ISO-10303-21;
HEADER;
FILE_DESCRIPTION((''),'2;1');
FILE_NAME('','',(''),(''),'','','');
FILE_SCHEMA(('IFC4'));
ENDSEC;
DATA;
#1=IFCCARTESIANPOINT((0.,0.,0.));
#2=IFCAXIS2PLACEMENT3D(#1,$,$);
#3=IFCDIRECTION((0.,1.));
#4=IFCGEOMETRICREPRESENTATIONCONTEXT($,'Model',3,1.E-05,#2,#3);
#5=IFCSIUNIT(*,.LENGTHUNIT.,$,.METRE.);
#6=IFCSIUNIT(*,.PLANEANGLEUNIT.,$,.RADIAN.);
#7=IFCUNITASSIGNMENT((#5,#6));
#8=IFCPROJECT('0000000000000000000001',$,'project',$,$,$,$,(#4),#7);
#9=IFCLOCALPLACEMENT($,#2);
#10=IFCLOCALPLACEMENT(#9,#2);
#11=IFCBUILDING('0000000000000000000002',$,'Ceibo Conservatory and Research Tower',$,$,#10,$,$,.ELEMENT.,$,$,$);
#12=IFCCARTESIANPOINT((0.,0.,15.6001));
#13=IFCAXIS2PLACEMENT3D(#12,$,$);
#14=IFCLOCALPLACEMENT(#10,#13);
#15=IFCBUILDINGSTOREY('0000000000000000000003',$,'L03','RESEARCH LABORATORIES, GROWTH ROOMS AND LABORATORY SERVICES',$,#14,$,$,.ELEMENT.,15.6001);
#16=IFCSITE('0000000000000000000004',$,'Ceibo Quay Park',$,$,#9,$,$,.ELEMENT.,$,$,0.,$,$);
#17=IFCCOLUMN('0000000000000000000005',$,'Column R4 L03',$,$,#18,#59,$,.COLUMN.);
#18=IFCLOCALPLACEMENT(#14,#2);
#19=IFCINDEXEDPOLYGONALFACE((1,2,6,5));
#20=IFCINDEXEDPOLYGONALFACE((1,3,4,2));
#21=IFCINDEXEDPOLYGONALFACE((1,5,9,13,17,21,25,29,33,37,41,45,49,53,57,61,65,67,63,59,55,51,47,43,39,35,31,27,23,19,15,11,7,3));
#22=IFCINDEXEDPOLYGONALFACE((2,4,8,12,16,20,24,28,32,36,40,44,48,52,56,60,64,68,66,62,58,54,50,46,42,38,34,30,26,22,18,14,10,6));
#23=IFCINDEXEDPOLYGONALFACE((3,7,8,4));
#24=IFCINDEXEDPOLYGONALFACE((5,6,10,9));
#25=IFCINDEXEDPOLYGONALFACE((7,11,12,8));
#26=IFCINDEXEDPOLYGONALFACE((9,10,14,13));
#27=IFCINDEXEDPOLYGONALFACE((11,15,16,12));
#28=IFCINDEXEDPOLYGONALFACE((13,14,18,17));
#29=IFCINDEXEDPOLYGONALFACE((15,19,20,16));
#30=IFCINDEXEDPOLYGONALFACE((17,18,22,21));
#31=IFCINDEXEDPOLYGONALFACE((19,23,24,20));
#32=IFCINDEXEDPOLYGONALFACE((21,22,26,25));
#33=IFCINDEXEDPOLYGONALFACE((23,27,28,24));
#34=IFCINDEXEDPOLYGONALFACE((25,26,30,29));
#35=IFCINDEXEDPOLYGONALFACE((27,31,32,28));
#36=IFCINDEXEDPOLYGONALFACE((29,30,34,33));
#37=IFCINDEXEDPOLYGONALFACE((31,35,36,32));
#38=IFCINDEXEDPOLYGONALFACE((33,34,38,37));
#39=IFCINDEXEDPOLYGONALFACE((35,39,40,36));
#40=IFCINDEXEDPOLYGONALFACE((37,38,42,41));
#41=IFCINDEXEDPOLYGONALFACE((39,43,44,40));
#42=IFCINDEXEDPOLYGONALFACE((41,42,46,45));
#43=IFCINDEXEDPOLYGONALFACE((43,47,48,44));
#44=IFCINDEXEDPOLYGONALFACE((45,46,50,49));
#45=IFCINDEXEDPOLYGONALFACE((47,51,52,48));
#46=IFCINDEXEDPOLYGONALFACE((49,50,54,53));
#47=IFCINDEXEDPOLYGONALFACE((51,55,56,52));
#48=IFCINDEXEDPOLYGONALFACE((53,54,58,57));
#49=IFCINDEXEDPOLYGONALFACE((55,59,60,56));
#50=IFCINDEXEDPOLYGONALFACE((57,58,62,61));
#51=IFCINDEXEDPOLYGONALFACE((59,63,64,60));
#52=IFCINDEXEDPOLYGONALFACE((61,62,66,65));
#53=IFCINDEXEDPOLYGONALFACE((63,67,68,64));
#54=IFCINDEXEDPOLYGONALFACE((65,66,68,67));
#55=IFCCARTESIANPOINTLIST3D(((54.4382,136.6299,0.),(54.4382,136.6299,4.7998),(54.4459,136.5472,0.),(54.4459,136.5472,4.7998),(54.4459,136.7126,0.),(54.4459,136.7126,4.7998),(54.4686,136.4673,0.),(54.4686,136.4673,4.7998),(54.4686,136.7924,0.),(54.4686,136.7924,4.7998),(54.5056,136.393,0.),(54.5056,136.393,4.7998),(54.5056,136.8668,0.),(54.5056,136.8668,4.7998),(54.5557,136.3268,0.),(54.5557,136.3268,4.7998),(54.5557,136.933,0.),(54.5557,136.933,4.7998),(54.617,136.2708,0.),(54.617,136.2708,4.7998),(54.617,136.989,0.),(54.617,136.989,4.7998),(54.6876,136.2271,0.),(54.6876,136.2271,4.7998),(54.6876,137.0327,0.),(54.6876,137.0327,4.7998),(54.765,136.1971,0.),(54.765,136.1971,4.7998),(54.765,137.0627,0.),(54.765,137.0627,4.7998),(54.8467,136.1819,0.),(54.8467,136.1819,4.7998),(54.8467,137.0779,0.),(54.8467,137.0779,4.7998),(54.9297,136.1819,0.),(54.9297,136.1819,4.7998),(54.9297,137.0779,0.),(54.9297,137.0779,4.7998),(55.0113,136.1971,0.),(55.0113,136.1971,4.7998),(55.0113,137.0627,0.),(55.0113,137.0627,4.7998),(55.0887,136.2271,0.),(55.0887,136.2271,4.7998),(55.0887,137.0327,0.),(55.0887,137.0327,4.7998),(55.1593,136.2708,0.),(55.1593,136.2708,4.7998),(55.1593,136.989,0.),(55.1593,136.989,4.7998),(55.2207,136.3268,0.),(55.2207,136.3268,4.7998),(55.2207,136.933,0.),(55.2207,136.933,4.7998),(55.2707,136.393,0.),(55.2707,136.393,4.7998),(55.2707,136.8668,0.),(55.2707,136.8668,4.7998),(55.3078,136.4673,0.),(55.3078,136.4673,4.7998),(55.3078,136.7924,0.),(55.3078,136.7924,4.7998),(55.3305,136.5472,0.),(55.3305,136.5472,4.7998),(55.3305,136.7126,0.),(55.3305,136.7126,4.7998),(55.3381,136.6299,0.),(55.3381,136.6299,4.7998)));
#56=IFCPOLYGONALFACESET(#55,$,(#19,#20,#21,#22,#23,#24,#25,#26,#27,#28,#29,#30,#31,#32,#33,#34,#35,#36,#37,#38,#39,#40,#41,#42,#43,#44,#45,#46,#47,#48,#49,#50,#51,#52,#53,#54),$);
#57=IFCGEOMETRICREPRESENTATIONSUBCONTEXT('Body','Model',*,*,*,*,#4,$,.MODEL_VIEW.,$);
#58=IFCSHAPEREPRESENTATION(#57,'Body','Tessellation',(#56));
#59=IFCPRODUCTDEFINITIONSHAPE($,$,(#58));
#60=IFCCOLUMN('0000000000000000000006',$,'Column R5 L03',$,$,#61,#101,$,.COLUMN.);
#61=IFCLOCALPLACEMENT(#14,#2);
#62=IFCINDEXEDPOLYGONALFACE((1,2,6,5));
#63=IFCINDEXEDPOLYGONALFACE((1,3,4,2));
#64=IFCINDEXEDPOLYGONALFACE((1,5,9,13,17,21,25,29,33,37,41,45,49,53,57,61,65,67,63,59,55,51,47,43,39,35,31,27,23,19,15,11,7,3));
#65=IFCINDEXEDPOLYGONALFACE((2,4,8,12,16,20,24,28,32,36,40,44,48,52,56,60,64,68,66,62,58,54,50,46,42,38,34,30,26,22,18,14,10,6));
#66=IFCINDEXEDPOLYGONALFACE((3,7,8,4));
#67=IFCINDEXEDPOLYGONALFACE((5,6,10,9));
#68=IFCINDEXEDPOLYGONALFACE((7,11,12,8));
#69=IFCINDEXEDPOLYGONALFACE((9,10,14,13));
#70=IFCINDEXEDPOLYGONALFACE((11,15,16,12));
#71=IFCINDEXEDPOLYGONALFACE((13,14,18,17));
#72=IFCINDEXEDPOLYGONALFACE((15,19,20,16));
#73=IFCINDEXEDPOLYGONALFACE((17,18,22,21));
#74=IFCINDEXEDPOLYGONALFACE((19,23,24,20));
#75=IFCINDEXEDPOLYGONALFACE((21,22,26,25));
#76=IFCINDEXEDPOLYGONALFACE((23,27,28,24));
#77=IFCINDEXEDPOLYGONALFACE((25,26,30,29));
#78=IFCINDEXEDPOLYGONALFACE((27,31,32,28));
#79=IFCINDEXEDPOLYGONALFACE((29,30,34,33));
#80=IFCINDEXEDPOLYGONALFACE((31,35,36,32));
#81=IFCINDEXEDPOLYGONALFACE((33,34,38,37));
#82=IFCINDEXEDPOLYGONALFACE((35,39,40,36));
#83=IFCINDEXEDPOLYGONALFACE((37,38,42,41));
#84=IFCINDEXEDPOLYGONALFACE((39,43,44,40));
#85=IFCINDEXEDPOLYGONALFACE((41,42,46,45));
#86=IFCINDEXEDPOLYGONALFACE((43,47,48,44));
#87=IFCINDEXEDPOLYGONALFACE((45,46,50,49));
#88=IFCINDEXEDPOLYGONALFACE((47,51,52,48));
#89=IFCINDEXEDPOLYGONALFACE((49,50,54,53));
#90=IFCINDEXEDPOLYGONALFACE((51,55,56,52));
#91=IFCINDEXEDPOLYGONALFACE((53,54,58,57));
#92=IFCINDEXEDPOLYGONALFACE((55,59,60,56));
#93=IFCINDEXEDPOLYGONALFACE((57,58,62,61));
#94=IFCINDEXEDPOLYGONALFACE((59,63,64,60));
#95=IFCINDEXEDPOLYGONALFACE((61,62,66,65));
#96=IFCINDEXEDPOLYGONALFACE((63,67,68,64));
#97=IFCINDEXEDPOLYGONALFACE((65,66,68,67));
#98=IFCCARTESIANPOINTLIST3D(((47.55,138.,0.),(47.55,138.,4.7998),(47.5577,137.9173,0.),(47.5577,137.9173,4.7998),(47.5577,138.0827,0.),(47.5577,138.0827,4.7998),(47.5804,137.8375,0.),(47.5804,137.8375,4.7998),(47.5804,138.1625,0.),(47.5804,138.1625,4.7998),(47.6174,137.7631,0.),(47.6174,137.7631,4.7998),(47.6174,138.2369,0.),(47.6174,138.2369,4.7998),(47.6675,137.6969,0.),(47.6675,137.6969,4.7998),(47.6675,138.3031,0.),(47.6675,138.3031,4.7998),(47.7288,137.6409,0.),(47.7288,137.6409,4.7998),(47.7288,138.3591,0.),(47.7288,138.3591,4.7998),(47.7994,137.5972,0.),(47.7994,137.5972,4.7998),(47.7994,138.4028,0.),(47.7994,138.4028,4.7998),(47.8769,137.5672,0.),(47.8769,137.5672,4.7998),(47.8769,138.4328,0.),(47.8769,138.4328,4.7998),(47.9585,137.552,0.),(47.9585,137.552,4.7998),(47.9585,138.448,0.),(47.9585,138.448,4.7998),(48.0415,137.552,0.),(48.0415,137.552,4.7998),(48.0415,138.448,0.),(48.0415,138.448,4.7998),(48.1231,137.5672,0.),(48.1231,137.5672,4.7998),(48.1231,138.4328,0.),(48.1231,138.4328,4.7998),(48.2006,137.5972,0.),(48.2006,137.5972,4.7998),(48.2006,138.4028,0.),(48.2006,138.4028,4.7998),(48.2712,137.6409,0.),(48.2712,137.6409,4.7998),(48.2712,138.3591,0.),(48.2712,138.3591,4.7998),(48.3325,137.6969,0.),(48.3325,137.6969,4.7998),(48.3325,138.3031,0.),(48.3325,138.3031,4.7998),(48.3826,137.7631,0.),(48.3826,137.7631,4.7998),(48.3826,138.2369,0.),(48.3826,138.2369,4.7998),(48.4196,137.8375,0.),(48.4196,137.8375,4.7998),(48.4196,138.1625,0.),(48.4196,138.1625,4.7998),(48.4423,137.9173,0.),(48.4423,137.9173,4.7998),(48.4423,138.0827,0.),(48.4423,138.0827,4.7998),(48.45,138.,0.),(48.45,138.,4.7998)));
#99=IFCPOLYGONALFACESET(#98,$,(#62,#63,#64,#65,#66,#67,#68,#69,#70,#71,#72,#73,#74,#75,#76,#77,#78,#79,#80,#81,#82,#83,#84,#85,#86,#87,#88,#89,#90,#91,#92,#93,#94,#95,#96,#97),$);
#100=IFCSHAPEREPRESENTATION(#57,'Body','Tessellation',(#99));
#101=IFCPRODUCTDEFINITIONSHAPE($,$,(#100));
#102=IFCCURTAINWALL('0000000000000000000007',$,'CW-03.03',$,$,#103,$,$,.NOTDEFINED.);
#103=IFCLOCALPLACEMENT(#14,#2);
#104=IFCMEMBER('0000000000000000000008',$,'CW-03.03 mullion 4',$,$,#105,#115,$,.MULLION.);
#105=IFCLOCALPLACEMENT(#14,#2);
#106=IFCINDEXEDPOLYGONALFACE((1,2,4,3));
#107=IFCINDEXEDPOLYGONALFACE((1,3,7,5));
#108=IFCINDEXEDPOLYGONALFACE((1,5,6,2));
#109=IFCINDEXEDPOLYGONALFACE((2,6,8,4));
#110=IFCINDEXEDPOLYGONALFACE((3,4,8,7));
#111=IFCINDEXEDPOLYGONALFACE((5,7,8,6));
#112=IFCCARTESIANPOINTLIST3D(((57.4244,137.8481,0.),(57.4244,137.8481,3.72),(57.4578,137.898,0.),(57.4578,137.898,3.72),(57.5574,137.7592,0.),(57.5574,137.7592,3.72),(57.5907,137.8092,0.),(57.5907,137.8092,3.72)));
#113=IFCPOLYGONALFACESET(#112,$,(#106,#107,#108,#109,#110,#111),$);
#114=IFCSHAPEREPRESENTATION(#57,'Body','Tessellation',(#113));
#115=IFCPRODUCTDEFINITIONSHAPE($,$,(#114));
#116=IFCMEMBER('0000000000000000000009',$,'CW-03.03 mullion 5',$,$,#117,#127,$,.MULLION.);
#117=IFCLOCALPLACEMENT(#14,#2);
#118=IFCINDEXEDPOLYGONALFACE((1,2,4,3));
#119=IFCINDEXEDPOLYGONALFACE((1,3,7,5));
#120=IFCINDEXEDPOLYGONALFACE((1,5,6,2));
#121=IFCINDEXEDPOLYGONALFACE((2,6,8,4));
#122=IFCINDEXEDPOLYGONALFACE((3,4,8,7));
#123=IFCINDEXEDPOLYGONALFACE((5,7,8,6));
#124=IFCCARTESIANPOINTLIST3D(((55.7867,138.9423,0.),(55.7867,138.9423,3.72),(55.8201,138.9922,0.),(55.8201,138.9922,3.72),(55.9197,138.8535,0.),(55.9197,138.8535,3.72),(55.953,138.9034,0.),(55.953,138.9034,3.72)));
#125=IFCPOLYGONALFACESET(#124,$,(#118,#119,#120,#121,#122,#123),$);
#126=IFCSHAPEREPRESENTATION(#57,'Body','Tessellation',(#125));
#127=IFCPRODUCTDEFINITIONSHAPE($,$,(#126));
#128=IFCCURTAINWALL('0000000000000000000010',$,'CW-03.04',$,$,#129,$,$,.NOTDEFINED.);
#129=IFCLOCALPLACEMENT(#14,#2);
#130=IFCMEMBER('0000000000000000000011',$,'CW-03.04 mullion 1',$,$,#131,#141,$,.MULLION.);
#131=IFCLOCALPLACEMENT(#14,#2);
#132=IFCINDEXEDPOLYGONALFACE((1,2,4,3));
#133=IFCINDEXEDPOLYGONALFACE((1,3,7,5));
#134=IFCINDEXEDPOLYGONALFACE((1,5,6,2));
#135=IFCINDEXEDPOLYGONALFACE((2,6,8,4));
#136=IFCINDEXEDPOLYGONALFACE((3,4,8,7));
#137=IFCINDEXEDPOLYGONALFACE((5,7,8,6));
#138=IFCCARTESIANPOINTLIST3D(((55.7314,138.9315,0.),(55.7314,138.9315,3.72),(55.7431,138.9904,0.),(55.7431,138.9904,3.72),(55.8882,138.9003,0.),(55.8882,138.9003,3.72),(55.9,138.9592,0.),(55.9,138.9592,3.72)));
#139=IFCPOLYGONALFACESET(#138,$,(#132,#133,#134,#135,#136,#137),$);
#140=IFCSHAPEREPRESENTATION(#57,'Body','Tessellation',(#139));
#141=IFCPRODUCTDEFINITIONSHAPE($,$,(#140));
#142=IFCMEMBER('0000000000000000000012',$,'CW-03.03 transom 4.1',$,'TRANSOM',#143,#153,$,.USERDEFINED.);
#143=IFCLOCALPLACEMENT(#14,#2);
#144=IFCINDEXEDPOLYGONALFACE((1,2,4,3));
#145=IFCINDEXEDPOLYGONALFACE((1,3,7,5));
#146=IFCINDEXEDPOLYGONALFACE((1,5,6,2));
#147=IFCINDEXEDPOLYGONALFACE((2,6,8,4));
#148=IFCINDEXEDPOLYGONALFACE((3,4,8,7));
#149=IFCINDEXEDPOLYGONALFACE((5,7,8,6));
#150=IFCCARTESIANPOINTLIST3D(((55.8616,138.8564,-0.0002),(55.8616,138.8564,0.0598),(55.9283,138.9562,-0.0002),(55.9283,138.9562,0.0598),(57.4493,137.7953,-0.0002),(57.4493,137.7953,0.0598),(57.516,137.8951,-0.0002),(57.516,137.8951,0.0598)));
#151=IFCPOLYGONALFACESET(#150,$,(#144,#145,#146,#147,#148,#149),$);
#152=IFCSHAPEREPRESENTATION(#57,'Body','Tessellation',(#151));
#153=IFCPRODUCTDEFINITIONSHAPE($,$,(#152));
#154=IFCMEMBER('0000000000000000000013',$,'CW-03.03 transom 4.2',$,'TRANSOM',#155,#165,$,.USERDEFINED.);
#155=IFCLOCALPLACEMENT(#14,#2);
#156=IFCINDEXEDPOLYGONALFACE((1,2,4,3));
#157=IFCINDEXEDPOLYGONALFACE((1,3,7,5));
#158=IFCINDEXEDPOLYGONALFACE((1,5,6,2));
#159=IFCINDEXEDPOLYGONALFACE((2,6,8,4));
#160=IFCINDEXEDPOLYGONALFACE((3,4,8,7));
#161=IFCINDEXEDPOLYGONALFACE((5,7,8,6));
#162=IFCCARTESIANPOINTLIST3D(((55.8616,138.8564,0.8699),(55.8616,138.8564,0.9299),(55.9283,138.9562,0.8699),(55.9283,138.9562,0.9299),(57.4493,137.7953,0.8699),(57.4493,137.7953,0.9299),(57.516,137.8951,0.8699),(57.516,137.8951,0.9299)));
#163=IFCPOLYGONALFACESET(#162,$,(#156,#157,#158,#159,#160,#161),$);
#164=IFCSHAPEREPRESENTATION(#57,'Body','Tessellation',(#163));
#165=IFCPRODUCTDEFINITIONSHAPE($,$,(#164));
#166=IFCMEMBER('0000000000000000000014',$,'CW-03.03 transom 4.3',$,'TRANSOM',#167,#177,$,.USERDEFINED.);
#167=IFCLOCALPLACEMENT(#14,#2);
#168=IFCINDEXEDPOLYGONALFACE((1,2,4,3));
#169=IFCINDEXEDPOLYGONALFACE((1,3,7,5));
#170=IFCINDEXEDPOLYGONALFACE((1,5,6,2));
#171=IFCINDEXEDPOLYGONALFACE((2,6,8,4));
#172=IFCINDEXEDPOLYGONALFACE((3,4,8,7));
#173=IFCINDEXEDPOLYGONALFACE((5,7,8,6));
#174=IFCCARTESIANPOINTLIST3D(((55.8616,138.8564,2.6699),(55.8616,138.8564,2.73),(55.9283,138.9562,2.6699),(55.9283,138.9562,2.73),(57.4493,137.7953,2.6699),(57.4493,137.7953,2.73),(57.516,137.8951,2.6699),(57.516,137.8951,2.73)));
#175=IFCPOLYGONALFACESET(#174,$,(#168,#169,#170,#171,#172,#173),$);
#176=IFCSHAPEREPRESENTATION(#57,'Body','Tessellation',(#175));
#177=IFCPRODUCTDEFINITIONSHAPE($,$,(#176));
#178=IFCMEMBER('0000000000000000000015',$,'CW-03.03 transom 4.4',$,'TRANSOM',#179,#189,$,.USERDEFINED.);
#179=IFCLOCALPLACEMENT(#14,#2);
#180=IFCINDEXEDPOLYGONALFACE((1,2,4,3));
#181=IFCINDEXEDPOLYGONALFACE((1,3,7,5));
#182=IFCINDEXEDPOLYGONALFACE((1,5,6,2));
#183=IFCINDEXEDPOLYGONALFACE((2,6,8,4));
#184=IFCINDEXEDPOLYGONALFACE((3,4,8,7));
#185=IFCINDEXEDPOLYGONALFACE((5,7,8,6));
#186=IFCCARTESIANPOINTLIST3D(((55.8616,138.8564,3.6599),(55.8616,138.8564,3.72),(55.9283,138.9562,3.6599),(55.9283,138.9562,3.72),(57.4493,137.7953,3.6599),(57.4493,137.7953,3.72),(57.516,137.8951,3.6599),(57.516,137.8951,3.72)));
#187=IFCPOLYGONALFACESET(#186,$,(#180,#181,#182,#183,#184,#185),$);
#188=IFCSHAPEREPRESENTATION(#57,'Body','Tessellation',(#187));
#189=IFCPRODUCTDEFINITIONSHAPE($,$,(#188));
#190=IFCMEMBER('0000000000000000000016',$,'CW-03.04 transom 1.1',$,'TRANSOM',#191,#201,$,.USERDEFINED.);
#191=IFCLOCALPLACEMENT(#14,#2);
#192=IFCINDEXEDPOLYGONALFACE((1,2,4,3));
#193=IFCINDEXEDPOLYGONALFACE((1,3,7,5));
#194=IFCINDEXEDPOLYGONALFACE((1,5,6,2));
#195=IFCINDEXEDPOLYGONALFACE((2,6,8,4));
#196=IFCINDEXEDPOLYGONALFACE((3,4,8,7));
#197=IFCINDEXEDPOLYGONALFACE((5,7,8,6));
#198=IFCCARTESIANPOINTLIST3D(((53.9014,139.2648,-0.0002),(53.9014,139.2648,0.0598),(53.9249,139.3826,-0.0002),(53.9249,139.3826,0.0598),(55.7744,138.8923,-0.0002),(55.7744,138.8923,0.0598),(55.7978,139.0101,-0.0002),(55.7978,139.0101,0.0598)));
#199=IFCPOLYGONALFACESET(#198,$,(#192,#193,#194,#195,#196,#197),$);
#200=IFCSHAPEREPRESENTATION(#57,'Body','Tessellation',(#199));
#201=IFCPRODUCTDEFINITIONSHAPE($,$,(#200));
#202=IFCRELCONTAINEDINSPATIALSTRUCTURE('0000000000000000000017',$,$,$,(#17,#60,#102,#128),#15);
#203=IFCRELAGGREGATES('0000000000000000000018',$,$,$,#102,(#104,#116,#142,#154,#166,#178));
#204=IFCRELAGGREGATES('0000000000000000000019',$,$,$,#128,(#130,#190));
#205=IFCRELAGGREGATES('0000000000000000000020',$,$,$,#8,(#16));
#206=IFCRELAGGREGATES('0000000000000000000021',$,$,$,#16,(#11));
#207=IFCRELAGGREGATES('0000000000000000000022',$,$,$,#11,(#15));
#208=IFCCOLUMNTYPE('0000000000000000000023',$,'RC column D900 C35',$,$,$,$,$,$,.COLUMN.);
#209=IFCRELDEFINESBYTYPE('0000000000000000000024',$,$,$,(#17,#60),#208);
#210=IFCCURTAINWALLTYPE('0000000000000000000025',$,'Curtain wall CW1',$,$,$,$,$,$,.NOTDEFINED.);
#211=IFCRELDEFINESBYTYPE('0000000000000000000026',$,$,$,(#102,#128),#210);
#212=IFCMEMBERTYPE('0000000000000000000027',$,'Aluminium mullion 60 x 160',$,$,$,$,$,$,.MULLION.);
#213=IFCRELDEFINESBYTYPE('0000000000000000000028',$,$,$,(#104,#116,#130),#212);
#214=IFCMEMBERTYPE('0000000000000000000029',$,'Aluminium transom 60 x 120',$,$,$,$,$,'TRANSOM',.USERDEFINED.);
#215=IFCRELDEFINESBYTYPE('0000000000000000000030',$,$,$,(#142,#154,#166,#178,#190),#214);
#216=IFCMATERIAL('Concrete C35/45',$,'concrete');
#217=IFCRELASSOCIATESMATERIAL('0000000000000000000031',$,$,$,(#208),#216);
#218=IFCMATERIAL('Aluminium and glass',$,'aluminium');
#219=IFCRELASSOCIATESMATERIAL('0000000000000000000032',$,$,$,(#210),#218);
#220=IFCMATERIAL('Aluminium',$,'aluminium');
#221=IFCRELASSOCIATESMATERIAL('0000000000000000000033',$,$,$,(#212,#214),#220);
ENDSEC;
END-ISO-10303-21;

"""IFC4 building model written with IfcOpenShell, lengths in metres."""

from ifc_helpers import new_model, si_unit, direction, frame, origin, origin_2d, place, context, subcontext, project, spatial, rectangle, circle, extrude, material, material_profile, profile_set, type_object, element, aggregate, save


model = new_model("IFC4")

# Units and contexts
model_context = context("Model", 3, precision=1e-05, world=origin(), true_north=direction((0.0, 1.0)))
body_context = subcontext(model_context, "Body", "Model", "MODEL_VIEW")
ifc_project = project(units=[si_unit("LENGTHUNIT", "METRE"), si_unit("PLANEANGLEUNIT", "RADIAN")], contexts=[model_context])

# Site, building, storey
site_placement = place(None, origin())
site = spatial("IfcSite", under=ifc_project, at=site_placement, Name="Ceibo Quay Park", CompositionType="ELEMENT", RefElevation=0.0)
building_placement = place(site_placement, origin())
building = spatial("IfcBuilding", under=site, at=building_placement, Name="Ceibo Conservatory and Research Tower", CompositionType="ELEMENT")
storey_placement = place(building_placement, frame((0.0, 0.0, 15.6001)))
storey = spatial("IfcBuildingStorey", under=building, at=storey_placement, Name="L03", Description="RESEARCH LABORATORIES, GROWTH ROOMS AND LABORATORY SERVICES", CompositionType="ELEMENT", Elevation=15.6001)

# Columns
ifc_material_1 = material(Name="Concrete C35/45", Category="concrete")
ifc_material_profile_1 = material_profile(ifc_material_1, circle(Radius=0.45, at=origin_2d()), Name="RC D900")
ifc_profile_set_1 = profile_set([ifc_material_profile_1], Name="Concrete C35/45")
column_type = type_object("IfcColumnType", Name="RC column D900 C35", PredefinedType="COLUMN", material=ifc_profile_set_1)
for number, where, z_axis, x_axis, name in (
    (1, (54.8882, 136.6299, 0.0), (0.0, 0.0, 1.0), (1.0, 0.0, 0.0), "Column R4 L03"),
    (2, (48.0, 138.0, 0.0), (0.0, 0.0, 1.0), (1.0, 0.0, 0.0), "Column R5 L03"),
):
    element("IfcColumn", number, at=place(storey_placement, frame(where, z_axis=z_axis, x_axis=x_axis)), inside=storey, type_object=column_type, Name=name, PredefinedType="COLUMN", context=body_context, shape_type="SweptSolid", body=[
        extrude(circle(Radius=0.45, at=origin_2d()), origin(), (0.0, 0.0, 1.0), 4.7998),
    ])

# Curtain wall, members
ifc_material_2 = material(Name="Aluminium and glass", Category="aluminium")
curtain_wall_type = type_object("IfcCurtainWallType", Name="Curtain wall CW1", PredefinedType="NOTDEFINED", material=ifc_material_2)
curtain_wall_1_placement = place(storey_placement, origin())
curtain_wall_1 = element("IfcCurtainWall", 3, at=curtain_wall_1_placement, inside=storey, type_object=curtain_wall_type, Name="CW-03.03", PredefinedType="NOTDEFINED")
ifc_material_3 = material(Name="Aluminium", Category="aluminium")
ifc_material_profile_2 = material_profile(ifc_material_3, rectangle(XDim=0.0601, YDim=0.1599, at=origin_2d()), Name="Aluminium 60 x 160")
ifc_profile_set_2 = profile_set([ifc_material_profile_2], Name="Aluminium")
member_type_1 = type_object("IfcMemberType", Name="Aluminium mullion 60 x 160", PredefinedType="MULLION", material=ifc_profile_set_2)
member_1_placement = place(storey_placement, frame((57.5076, 137.8286, 0.0), z_axis=(0.0, 0.0, 1.0), x_axis=(-0.55557, -0.83147, 0.0)))
member_1 = element("IfcMember", 4, at=member_1_placement, type_object=member_type_1, Name="CW-03.03 mullion 4", PredefinedType="MULLION", context=body_context, shape_type="SweptSolid", body=[
    extrude(rectangle(XDim=0.0601, YDim=0.1599, at=origin_2d()), origin(), (0.0, 0.0, 1.0), 3.72),
])
member_2_placement = place(storey_placement, frame((55.8699, 138.9229, 0.0), z_axis=(0.0, 0.0, 1.0), x_axis=(-0.55557, -0.83147, 0.0)))
member_2 = element("IfcMember", 5, at=member_2_placement, type_object=member_type_1, Name="CW-03.03 mullion 5", PredefinedType="MULLION", context=body_context, shape_type="SweptSolid", body=[
    extrude(rectangle(XDim=0.0601, YDim=0.1599, at=origin_2d()), origin(), (0.0, 0.0, 1.0), 3.72),
])

# Curtain wall, member
curtain_wall_2_placement = place(storey_placement, origin())
curtain_wall_2 = element("IfcCurtainWall", 6, at=curtain_wall_2_placement, inside=storey, type_object=curtain_wall_type, Name="CW-03.04", PredefinedType="NOTDEFINED")
member_3_placement = place(storey_placement, frame((55.8157, 138.9453, 0.0), z_axis=(0.0, 0.0, 1.0), x_axis=(-0.19509, -0.980785, 0.0)))
member_3 = element("IfcMember", 7, at=member_3_placement, type_object=member_type_1, Name="CW-03.04 mullion 1", PredefinedType="MULLION", context=body_context, shape_type="SweptSolid", body=[
    extrude(rectangle(XDim=0.0601, YDim=0.1599, at=origin_2d()), origin(), (0.0, 0.0, 1.0), 3.72),
])

# Members
ifc_material_profile_3 = material_profile(ifc_material_3, rectangle(XDim=0.1201, YDim=0.0601, at=origin_2d()), Name="Aluminium 60 x 120")
ifc_profile_set_3 = profile_set([ifc_material_profile_3], Name="Aluminium")
member_type_2 = type_object("IfcMemberType", Name="Aluminium transom 60 x 120", ElementType="TRANSOM", PredefinedType="USERDEFINED", material=ifc_profile_set_3)
member_4_placement = place(storey_placement, frame((57.4827, 137.8452, 0.0298), z_axis=(-0.83142, 0.555644, 0.0), x_axis=(-0.555644, -0.83142, 0.0)))
member_4 = element("IfcMember", 8, at=member_4_placement, type_object=member_type_2, Name="CW-03.03 transom 4.1", ObjectType="TRANSOM", PredefinedType="USERDEFINED", context=body_context, shape_type="SweptSolid", body=[
    extrude(rectangle(XDim=0.1201, YDim=0.0601, at=origin_2d()), origin(), (0.0, 0.0, 1.0), 1.9097),
])
member_5_placement = place(storey_placement, frame((57.4827, 137.8452, 0.8999), z_axis=(-0.83142, 0.555644, 0.0), x_axis=(-0.555644, -0.83142, 0.0)))
member_5 = element("IfcMember", 9, at=member_5_placement, type_object=member_type_2, Name="CW-03.03 transom 4.2", ObjectType="TRANSOM", PredefinedType="USERDEFINED", context=body_context, shape_type="SweptSolid", body=[
    extrude(rectangle(XDim=0.1201, YDim=0.0601, at=origin_2d()), origin(), (0.0, 0.0, 1.0), 1.9097),
])
member_6_placement = place(storey_placement, frame((57.4827, 137.8452, 2.7), z_axis=(-0.83142, 0.555644, 0.0), x_axis=(-0.555644, -0.83142, 0.0)))
member_6 = element("IfcMember", 10, at=member_6_placement, type_object=member_type_2, Name="CW-03.03 transom 4.3", ObjectType="TRANSOM", PredefinedType="USERDEFINED", context=body_context, shape_type="SweptSolid", body=[
    extrude(rectangle(XDim=0.1201, YDim=0.0601, at=origin_2d()), origin(), (0.0, 0.0, 1.0), 1.9097),
])
member_7_placement = place(storey_placement, frame((57.4827, 137.8452, 3.6899), z_axis=(-0.83142, 0.555644, 0.0), x_axis=(-0.555644, -0.83142, 0.0)))
member_7 = element("IfcMember", 11, at=member_7_placement, type_object=member_type_2, Name="CW-03.03 transom 4.4", ObjectType="TRANSOM", PredefinedType="USERDEFINED", context=body_context, shape_type="SweptSolid", body=[
    extrude(rectangle(XDim=0.1201, YDim=0.0601, at=origin_2d()), origin(), (0.0, 0.0, 1.0), 1.9097),
])
member_8_placement = place(storey_placement, frame((55.7861, 138.9512, 0.0298), z_axis=(-0.980787, 0.195083, 0.0), x_axis=(-0.195083, -0.980787, 0.0)))
member_8 = element("IfcMember", 12, at=member_8_placement, type_object=member_type_2, Name="CW-03.04 transom 1.1", ObjectType="TRANSOM", PredefinedType="USERDEFINED", context=body_context, shape_type="SweptSolid", body=[
    extrude(rectangle(XDim=0.1201, YDim=0.0601, at=origin_2d()), origin(), (0.0, 0.0, 1.0), 1.9097),
])

aggregate(curtain_wall_1, [member_1, member_2, member_4, member_5, member_6, member_7])
aggregate(curtain_wall_2, [member_3, member_8])

save(model, "model.ifc")
